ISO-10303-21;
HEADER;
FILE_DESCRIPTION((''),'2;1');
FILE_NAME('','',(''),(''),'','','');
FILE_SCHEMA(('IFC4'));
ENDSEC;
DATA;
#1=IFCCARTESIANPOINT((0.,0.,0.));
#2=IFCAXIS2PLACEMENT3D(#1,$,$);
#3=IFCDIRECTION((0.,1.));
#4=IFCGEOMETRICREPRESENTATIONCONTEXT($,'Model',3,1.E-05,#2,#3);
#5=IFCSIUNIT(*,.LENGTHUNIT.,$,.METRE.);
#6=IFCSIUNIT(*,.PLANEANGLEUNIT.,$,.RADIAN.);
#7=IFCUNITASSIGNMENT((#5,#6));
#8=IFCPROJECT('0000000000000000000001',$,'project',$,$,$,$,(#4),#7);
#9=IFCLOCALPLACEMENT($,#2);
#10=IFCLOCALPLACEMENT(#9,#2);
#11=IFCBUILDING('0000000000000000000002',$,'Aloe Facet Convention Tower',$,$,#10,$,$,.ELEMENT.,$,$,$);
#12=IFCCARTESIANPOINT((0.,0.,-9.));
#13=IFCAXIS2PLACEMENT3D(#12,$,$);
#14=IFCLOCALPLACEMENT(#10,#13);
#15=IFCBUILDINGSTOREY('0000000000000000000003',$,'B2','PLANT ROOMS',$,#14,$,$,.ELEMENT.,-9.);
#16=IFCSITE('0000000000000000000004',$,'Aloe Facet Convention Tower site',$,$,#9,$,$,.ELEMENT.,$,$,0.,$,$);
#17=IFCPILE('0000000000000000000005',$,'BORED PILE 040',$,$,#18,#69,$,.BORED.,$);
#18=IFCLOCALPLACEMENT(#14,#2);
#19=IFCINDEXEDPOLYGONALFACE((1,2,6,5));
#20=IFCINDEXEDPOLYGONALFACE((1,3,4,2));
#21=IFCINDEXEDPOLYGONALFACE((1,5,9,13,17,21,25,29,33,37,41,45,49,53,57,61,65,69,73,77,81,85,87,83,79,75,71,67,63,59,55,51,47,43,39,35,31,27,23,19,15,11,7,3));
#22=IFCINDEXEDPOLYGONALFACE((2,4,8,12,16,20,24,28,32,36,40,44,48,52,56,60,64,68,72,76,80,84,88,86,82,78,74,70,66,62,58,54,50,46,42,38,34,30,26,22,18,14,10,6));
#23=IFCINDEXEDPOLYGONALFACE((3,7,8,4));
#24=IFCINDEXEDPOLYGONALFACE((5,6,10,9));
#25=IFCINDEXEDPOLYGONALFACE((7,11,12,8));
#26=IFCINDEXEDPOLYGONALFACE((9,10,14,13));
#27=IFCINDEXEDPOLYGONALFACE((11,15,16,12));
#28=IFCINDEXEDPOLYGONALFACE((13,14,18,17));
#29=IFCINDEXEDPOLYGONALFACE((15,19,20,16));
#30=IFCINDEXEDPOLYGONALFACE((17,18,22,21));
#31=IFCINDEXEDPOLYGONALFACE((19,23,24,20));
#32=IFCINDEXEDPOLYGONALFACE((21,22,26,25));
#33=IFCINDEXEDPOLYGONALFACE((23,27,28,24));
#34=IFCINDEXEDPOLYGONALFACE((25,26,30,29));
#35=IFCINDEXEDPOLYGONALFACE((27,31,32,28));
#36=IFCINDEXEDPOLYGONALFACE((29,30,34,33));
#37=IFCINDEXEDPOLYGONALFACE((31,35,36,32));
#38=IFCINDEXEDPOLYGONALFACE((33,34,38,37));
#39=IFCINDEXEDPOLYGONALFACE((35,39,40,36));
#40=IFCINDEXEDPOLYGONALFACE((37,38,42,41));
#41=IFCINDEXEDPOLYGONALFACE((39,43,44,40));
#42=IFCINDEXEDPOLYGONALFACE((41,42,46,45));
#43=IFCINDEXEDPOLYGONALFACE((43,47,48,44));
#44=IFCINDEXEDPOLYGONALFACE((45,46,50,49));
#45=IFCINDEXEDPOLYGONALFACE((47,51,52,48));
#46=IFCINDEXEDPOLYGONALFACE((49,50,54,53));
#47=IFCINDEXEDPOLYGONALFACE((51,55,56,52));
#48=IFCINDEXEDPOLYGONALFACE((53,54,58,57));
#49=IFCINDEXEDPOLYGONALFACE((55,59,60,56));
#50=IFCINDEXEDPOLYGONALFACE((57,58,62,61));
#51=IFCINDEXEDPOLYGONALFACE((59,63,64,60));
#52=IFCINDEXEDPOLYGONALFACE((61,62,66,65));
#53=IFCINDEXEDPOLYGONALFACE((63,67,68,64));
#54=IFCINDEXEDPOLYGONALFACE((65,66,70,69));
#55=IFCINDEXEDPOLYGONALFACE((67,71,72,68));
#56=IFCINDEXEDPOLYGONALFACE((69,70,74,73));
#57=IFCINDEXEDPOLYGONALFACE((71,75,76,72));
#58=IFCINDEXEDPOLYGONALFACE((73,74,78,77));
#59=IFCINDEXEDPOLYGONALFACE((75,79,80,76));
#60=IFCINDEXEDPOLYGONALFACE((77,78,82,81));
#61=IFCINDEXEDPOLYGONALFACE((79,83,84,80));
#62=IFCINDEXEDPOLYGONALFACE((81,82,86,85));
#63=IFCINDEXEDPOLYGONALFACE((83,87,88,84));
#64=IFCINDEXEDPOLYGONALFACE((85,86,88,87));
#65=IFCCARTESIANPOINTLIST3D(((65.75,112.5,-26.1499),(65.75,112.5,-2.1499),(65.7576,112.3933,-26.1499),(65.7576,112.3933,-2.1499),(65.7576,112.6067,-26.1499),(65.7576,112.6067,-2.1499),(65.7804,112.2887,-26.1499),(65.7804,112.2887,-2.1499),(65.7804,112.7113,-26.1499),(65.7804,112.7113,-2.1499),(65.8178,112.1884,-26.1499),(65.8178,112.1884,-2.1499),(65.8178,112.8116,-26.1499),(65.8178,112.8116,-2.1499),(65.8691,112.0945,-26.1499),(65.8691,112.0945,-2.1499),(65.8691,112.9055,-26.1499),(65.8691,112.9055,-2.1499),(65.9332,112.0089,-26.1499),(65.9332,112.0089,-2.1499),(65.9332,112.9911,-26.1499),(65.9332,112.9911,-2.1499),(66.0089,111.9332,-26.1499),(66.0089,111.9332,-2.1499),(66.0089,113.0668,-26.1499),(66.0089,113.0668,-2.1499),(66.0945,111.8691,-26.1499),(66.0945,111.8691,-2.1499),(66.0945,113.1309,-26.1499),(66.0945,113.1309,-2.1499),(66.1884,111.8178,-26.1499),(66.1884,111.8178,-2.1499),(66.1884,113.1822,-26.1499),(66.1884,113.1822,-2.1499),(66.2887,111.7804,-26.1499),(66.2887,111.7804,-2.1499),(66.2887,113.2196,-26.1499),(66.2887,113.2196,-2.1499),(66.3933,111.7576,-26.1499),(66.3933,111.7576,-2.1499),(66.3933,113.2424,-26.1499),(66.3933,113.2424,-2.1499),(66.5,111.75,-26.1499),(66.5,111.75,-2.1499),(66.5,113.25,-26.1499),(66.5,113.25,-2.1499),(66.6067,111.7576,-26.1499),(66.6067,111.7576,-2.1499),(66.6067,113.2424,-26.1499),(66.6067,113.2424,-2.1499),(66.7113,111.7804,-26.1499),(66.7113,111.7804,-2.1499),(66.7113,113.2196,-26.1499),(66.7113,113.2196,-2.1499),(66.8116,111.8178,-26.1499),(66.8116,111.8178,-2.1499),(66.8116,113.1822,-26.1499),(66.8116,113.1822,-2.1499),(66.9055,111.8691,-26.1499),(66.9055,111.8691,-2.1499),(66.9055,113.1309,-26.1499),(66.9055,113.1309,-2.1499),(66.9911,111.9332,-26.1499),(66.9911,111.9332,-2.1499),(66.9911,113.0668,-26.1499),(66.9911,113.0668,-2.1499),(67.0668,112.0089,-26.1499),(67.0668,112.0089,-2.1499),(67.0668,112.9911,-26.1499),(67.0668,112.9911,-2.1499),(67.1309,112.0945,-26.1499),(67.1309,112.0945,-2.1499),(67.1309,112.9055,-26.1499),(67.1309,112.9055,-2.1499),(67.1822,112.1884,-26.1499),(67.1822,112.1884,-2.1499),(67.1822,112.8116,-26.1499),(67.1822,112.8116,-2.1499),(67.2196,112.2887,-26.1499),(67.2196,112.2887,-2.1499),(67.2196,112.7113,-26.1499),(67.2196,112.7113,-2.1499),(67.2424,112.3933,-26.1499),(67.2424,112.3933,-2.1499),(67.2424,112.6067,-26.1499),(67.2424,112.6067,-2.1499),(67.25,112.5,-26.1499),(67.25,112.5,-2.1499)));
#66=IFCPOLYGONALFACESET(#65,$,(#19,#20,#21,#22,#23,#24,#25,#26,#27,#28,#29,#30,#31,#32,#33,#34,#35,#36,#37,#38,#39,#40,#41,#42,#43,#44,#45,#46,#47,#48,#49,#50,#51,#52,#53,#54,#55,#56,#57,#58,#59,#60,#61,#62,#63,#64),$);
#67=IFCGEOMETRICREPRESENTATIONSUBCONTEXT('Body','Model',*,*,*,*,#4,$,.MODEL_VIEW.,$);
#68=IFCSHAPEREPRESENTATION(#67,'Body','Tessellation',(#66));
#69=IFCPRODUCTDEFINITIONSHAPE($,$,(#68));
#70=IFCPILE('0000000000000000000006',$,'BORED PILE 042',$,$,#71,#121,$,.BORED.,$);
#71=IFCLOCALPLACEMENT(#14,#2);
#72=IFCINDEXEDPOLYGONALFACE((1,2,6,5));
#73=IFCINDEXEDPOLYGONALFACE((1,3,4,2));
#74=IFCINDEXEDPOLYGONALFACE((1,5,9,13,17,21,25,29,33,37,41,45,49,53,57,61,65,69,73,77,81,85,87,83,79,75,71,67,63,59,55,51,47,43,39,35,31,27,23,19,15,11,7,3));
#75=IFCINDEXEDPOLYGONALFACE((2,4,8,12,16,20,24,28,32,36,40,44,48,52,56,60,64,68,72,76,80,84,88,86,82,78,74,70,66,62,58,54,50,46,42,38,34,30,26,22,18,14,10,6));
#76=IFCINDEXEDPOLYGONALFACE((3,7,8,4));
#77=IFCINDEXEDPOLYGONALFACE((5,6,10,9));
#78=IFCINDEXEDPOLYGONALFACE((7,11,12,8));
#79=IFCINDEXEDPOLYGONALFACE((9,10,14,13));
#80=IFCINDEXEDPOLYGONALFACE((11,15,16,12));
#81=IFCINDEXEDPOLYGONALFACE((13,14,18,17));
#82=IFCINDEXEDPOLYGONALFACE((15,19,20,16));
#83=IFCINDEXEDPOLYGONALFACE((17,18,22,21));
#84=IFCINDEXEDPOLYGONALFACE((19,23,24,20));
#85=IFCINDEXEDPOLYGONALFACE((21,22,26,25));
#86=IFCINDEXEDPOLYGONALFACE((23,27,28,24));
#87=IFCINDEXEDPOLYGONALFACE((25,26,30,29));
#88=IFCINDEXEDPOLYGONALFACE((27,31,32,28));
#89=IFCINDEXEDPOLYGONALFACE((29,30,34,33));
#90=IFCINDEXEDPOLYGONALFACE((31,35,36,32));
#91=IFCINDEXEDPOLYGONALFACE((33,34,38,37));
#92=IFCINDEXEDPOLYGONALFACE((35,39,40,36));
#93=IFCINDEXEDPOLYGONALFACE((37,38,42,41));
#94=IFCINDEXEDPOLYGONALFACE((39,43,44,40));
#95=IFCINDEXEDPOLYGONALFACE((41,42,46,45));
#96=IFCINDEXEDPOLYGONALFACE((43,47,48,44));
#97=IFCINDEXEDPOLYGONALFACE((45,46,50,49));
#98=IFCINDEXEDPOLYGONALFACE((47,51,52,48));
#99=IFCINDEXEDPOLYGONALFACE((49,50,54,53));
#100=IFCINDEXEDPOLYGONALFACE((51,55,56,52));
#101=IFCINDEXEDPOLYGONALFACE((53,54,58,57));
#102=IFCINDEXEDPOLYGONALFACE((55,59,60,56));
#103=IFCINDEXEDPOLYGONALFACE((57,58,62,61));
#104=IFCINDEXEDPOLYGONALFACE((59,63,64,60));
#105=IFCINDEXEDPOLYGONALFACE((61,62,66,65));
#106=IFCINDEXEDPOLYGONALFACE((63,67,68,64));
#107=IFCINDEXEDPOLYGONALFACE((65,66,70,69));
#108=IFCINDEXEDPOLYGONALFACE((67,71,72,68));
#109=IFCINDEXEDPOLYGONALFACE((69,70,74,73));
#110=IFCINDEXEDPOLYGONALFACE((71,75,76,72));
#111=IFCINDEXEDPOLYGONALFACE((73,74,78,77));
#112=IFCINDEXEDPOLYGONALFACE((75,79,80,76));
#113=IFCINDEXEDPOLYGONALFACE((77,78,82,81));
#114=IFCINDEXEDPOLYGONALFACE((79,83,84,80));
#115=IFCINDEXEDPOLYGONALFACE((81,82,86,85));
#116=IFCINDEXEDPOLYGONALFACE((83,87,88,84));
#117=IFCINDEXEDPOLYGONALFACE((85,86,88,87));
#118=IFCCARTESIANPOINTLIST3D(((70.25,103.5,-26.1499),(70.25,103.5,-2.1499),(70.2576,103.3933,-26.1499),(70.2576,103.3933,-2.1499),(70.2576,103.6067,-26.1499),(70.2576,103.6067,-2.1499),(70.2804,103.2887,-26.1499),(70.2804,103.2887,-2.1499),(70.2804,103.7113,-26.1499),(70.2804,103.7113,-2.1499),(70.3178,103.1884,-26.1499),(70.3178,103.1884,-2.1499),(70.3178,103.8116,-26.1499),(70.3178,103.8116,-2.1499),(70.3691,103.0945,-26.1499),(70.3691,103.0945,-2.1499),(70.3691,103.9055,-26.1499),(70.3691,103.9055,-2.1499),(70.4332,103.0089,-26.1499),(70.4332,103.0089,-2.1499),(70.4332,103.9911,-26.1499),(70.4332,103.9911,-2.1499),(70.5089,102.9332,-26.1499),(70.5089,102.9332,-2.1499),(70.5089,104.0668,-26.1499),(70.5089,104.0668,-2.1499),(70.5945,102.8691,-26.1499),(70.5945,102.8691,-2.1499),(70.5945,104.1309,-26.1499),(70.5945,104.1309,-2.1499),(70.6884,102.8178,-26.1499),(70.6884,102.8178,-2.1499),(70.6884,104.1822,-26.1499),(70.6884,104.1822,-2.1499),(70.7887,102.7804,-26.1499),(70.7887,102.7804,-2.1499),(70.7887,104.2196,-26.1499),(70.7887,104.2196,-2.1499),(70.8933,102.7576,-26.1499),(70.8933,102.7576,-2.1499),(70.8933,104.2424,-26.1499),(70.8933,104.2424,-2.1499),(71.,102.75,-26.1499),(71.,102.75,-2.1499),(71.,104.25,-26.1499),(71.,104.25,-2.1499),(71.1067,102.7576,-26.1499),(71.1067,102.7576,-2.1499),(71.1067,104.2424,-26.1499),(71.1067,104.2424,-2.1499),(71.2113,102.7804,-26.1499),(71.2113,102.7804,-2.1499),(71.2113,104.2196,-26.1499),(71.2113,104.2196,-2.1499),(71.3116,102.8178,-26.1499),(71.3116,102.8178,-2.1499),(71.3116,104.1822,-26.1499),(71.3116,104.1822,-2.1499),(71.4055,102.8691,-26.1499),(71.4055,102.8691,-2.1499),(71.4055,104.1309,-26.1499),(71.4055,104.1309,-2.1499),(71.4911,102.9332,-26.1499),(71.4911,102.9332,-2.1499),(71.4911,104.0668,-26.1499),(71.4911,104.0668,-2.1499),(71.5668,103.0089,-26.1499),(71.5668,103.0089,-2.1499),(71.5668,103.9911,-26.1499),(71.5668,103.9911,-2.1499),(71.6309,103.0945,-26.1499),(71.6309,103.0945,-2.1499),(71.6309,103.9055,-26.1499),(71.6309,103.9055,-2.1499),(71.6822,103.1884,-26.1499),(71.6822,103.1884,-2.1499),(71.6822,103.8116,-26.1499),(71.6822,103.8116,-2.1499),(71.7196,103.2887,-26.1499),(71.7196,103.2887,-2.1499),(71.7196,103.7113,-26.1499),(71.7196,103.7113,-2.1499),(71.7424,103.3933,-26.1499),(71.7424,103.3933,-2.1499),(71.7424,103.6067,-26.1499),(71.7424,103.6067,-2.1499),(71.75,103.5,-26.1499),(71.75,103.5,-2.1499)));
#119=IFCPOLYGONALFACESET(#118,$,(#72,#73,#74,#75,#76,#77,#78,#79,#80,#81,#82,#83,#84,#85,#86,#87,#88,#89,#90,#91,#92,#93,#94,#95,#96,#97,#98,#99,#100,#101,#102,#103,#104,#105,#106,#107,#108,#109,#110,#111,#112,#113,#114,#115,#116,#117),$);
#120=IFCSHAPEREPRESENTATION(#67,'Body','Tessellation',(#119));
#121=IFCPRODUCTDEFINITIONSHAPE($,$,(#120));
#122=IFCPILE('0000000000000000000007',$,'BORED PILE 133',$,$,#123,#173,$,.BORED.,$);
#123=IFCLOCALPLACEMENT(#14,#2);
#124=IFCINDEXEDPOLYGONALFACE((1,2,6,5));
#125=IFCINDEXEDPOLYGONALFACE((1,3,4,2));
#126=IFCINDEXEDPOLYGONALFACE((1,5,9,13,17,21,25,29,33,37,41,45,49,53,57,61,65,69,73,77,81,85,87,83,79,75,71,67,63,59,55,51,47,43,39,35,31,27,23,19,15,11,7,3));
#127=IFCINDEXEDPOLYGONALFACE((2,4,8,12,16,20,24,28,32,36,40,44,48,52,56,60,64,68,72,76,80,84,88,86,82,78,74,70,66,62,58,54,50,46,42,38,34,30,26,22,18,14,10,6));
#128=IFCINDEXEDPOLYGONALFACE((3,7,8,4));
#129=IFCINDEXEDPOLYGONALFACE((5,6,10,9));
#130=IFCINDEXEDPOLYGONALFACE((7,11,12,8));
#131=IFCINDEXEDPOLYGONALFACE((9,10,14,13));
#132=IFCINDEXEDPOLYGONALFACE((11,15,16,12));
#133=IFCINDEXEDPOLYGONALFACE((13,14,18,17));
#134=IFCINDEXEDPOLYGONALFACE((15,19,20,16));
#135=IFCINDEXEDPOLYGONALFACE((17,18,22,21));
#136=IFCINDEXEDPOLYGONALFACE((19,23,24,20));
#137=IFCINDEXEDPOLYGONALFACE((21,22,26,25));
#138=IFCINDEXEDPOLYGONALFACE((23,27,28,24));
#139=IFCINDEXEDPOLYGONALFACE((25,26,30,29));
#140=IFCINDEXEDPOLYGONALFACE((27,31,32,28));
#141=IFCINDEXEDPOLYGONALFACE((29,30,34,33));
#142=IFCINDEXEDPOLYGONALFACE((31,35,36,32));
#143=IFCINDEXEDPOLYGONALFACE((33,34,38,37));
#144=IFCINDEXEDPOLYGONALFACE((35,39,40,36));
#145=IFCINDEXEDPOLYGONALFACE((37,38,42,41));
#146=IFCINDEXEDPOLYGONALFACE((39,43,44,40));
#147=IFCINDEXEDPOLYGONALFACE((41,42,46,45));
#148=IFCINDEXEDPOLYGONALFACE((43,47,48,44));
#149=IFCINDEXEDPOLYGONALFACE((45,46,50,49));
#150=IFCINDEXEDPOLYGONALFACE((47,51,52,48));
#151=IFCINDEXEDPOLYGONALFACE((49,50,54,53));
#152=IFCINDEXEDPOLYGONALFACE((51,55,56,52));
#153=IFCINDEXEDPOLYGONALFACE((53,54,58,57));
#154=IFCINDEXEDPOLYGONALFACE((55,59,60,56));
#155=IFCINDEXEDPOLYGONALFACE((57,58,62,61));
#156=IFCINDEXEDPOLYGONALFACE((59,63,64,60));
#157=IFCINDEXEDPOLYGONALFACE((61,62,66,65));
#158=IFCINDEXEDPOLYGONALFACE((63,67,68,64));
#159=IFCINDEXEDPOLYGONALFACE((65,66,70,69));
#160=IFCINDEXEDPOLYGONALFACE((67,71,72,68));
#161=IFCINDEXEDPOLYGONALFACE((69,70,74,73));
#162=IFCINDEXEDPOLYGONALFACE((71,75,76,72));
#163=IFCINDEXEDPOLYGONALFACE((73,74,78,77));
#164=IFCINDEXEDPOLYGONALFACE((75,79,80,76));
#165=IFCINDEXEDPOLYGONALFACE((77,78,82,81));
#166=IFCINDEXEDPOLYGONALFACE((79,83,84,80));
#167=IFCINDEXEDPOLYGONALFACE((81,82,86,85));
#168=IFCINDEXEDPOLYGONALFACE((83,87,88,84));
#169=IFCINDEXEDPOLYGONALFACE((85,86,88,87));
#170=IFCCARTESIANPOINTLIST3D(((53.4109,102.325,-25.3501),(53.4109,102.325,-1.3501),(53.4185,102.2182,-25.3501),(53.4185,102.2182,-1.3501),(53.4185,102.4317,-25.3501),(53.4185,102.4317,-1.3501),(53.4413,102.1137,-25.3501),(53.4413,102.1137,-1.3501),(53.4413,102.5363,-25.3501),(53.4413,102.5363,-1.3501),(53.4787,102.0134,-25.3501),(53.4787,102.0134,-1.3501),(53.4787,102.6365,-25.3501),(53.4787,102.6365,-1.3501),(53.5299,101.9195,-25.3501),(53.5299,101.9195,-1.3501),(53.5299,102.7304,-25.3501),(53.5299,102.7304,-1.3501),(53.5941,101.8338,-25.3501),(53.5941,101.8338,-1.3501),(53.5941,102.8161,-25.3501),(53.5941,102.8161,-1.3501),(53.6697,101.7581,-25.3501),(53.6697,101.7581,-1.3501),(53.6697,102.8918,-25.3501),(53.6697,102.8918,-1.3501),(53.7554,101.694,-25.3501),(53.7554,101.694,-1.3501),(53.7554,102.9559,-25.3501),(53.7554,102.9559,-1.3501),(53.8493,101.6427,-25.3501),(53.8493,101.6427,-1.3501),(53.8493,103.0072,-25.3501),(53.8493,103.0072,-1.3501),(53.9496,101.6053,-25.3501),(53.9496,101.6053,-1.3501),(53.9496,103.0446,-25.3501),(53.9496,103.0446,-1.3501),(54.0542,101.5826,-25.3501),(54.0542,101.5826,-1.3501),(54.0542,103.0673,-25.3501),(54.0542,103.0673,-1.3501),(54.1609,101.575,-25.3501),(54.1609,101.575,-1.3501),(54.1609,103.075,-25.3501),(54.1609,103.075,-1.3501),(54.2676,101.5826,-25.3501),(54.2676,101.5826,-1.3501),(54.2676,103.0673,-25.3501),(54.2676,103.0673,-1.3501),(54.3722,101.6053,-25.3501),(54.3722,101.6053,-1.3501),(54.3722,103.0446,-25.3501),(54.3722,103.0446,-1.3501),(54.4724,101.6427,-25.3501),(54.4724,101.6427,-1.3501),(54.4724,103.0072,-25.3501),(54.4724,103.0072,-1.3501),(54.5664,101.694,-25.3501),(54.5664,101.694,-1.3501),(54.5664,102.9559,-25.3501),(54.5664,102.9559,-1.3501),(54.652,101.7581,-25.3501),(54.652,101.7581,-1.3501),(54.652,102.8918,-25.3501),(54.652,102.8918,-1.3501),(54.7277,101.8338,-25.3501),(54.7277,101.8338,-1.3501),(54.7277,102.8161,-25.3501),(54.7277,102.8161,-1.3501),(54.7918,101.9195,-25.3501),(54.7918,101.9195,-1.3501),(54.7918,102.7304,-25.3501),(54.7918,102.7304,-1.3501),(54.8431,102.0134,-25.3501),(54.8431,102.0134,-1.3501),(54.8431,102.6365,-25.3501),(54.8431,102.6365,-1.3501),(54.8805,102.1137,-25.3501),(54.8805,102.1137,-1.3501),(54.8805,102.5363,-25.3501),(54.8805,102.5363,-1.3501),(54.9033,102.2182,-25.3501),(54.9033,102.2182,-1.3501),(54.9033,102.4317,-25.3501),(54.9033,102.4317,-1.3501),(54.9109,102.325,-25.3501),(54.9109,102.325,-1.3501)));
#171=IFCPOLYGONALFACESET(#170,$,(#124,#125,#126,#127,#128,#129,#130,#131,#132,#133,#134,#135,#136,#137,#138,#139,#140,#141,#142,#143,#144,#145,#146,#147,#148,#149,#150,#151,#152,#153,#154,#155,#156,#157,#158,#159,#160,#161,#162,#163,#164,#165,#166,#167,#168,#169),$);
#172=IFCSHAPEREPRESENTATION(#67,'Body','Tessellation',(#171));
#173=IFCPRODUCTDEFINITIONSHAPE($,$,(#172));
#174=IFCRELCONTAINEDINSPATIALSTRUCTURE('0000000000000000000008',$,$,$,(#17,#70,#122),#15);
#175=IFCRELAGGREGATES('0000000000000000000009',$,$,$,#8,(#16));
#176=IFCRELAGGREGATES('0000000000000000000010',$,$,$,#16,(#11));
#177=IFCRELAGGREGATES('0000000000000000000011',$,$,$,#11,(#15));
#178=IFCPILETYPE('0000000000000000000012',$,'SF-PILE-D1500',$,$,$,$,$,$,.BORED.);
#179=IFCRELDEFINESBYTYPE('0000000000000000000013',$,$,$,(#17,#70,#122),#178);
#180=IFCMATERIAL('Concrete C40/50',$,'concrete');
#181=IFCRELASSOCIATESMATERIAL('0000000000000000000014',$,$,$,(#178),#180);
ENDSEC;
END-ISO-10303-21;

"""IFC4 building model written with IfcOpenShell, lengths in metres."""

from ifc_helpers import new_model, si_unit, direction, frame, origin, origin_2d, place, context, subcontext, project, spatial, circle, extrude, material, material_profile, profile_set, type_object, element, save


model = new_model("IFC4")

# Units and contexts
model_context = context("Model", 3, precision=1e-05, world=origin(), true_north=direction((0.0, 1.0)))
body_context = subcontext(model_context, "Body", "Model", "MODEL_VIEW")
ifc_project = project(units=[si_unit("LENGTHUNIT", "METRE"), si_unit("PLANEANGLEUNIT", "RADIAN")], contexts=[model_context])

# Site, building, storey
site_placement = place(None, origin())
site = spatial("IfcSite", under=ifc_project, at=site_placement, Name="Aloe Facet Convention Tower site", CompositionType="ELEMENT", RefElevation=0.0)
building_placement = place(site_placement, origin())
building = spatial("IfcBuilding", under=site, at=building_placement, Name="Aloe Facet Convention Tower", CompositionType="ELEMENT")
storey_placement = place(building_placement, frame((0.0, 0.0, -9.0)))
storey = spatial("IfcBuildingStorey", under=building, at=storey_placement, Name="B2", Description="PLANT ROOMS", CompositionType="ELEMENT", Elevation=-9.0)

# Piles
ifc_material_1 = material(Name="Concrete C40/50", Category="concrete")
ifc_material_profile_1 = material_profile(ifc_material_1, circle(Radius=0.75, at=origin_2d()), Name="D1500")
ifc_profile_set_1 = profile_set([ifc_material_profile_1], Name="Concrete C40/50")
pile_type = type_object("IfcPileType", Name="SF-PILE-D1500", PredefinedType="BORED", material=ifc_profile_set_1)
for number, where, z_axis, x_axis, name in (
    (1, (66.5, 112.5, -2.1499), (0.0, 0.0, -1.0), (1.0, 0.0, 0.0), "BORED PILE 040"),
    (2, (71.0, 103.5, -2.1499), (0.0, 0.0, -1.0), (1.0, 0.0, 0.0), "BORED PILE 042"),
    (3, (54.1609, 102.325, -1.3501), (0.0, 0.0, -1.0), (1.0, 0.0, 0.0), "BORED PILE 133"),
):
    element("IfcPile", number, at=place(storey_placement, frame(where, z_axis=z_axis, x_axis=x_axis)), inside=storey, type_object=pile_type, Name=name, PredefinedType="BORED", context=body_context, shape_type="SweptSolid", body=[
        extrude(circle(Radius=0.75, at=origin_2d()), origin(), (0.0, 0.0, 1.0), 24.0),
    ])

save(model, "model.ifc")
